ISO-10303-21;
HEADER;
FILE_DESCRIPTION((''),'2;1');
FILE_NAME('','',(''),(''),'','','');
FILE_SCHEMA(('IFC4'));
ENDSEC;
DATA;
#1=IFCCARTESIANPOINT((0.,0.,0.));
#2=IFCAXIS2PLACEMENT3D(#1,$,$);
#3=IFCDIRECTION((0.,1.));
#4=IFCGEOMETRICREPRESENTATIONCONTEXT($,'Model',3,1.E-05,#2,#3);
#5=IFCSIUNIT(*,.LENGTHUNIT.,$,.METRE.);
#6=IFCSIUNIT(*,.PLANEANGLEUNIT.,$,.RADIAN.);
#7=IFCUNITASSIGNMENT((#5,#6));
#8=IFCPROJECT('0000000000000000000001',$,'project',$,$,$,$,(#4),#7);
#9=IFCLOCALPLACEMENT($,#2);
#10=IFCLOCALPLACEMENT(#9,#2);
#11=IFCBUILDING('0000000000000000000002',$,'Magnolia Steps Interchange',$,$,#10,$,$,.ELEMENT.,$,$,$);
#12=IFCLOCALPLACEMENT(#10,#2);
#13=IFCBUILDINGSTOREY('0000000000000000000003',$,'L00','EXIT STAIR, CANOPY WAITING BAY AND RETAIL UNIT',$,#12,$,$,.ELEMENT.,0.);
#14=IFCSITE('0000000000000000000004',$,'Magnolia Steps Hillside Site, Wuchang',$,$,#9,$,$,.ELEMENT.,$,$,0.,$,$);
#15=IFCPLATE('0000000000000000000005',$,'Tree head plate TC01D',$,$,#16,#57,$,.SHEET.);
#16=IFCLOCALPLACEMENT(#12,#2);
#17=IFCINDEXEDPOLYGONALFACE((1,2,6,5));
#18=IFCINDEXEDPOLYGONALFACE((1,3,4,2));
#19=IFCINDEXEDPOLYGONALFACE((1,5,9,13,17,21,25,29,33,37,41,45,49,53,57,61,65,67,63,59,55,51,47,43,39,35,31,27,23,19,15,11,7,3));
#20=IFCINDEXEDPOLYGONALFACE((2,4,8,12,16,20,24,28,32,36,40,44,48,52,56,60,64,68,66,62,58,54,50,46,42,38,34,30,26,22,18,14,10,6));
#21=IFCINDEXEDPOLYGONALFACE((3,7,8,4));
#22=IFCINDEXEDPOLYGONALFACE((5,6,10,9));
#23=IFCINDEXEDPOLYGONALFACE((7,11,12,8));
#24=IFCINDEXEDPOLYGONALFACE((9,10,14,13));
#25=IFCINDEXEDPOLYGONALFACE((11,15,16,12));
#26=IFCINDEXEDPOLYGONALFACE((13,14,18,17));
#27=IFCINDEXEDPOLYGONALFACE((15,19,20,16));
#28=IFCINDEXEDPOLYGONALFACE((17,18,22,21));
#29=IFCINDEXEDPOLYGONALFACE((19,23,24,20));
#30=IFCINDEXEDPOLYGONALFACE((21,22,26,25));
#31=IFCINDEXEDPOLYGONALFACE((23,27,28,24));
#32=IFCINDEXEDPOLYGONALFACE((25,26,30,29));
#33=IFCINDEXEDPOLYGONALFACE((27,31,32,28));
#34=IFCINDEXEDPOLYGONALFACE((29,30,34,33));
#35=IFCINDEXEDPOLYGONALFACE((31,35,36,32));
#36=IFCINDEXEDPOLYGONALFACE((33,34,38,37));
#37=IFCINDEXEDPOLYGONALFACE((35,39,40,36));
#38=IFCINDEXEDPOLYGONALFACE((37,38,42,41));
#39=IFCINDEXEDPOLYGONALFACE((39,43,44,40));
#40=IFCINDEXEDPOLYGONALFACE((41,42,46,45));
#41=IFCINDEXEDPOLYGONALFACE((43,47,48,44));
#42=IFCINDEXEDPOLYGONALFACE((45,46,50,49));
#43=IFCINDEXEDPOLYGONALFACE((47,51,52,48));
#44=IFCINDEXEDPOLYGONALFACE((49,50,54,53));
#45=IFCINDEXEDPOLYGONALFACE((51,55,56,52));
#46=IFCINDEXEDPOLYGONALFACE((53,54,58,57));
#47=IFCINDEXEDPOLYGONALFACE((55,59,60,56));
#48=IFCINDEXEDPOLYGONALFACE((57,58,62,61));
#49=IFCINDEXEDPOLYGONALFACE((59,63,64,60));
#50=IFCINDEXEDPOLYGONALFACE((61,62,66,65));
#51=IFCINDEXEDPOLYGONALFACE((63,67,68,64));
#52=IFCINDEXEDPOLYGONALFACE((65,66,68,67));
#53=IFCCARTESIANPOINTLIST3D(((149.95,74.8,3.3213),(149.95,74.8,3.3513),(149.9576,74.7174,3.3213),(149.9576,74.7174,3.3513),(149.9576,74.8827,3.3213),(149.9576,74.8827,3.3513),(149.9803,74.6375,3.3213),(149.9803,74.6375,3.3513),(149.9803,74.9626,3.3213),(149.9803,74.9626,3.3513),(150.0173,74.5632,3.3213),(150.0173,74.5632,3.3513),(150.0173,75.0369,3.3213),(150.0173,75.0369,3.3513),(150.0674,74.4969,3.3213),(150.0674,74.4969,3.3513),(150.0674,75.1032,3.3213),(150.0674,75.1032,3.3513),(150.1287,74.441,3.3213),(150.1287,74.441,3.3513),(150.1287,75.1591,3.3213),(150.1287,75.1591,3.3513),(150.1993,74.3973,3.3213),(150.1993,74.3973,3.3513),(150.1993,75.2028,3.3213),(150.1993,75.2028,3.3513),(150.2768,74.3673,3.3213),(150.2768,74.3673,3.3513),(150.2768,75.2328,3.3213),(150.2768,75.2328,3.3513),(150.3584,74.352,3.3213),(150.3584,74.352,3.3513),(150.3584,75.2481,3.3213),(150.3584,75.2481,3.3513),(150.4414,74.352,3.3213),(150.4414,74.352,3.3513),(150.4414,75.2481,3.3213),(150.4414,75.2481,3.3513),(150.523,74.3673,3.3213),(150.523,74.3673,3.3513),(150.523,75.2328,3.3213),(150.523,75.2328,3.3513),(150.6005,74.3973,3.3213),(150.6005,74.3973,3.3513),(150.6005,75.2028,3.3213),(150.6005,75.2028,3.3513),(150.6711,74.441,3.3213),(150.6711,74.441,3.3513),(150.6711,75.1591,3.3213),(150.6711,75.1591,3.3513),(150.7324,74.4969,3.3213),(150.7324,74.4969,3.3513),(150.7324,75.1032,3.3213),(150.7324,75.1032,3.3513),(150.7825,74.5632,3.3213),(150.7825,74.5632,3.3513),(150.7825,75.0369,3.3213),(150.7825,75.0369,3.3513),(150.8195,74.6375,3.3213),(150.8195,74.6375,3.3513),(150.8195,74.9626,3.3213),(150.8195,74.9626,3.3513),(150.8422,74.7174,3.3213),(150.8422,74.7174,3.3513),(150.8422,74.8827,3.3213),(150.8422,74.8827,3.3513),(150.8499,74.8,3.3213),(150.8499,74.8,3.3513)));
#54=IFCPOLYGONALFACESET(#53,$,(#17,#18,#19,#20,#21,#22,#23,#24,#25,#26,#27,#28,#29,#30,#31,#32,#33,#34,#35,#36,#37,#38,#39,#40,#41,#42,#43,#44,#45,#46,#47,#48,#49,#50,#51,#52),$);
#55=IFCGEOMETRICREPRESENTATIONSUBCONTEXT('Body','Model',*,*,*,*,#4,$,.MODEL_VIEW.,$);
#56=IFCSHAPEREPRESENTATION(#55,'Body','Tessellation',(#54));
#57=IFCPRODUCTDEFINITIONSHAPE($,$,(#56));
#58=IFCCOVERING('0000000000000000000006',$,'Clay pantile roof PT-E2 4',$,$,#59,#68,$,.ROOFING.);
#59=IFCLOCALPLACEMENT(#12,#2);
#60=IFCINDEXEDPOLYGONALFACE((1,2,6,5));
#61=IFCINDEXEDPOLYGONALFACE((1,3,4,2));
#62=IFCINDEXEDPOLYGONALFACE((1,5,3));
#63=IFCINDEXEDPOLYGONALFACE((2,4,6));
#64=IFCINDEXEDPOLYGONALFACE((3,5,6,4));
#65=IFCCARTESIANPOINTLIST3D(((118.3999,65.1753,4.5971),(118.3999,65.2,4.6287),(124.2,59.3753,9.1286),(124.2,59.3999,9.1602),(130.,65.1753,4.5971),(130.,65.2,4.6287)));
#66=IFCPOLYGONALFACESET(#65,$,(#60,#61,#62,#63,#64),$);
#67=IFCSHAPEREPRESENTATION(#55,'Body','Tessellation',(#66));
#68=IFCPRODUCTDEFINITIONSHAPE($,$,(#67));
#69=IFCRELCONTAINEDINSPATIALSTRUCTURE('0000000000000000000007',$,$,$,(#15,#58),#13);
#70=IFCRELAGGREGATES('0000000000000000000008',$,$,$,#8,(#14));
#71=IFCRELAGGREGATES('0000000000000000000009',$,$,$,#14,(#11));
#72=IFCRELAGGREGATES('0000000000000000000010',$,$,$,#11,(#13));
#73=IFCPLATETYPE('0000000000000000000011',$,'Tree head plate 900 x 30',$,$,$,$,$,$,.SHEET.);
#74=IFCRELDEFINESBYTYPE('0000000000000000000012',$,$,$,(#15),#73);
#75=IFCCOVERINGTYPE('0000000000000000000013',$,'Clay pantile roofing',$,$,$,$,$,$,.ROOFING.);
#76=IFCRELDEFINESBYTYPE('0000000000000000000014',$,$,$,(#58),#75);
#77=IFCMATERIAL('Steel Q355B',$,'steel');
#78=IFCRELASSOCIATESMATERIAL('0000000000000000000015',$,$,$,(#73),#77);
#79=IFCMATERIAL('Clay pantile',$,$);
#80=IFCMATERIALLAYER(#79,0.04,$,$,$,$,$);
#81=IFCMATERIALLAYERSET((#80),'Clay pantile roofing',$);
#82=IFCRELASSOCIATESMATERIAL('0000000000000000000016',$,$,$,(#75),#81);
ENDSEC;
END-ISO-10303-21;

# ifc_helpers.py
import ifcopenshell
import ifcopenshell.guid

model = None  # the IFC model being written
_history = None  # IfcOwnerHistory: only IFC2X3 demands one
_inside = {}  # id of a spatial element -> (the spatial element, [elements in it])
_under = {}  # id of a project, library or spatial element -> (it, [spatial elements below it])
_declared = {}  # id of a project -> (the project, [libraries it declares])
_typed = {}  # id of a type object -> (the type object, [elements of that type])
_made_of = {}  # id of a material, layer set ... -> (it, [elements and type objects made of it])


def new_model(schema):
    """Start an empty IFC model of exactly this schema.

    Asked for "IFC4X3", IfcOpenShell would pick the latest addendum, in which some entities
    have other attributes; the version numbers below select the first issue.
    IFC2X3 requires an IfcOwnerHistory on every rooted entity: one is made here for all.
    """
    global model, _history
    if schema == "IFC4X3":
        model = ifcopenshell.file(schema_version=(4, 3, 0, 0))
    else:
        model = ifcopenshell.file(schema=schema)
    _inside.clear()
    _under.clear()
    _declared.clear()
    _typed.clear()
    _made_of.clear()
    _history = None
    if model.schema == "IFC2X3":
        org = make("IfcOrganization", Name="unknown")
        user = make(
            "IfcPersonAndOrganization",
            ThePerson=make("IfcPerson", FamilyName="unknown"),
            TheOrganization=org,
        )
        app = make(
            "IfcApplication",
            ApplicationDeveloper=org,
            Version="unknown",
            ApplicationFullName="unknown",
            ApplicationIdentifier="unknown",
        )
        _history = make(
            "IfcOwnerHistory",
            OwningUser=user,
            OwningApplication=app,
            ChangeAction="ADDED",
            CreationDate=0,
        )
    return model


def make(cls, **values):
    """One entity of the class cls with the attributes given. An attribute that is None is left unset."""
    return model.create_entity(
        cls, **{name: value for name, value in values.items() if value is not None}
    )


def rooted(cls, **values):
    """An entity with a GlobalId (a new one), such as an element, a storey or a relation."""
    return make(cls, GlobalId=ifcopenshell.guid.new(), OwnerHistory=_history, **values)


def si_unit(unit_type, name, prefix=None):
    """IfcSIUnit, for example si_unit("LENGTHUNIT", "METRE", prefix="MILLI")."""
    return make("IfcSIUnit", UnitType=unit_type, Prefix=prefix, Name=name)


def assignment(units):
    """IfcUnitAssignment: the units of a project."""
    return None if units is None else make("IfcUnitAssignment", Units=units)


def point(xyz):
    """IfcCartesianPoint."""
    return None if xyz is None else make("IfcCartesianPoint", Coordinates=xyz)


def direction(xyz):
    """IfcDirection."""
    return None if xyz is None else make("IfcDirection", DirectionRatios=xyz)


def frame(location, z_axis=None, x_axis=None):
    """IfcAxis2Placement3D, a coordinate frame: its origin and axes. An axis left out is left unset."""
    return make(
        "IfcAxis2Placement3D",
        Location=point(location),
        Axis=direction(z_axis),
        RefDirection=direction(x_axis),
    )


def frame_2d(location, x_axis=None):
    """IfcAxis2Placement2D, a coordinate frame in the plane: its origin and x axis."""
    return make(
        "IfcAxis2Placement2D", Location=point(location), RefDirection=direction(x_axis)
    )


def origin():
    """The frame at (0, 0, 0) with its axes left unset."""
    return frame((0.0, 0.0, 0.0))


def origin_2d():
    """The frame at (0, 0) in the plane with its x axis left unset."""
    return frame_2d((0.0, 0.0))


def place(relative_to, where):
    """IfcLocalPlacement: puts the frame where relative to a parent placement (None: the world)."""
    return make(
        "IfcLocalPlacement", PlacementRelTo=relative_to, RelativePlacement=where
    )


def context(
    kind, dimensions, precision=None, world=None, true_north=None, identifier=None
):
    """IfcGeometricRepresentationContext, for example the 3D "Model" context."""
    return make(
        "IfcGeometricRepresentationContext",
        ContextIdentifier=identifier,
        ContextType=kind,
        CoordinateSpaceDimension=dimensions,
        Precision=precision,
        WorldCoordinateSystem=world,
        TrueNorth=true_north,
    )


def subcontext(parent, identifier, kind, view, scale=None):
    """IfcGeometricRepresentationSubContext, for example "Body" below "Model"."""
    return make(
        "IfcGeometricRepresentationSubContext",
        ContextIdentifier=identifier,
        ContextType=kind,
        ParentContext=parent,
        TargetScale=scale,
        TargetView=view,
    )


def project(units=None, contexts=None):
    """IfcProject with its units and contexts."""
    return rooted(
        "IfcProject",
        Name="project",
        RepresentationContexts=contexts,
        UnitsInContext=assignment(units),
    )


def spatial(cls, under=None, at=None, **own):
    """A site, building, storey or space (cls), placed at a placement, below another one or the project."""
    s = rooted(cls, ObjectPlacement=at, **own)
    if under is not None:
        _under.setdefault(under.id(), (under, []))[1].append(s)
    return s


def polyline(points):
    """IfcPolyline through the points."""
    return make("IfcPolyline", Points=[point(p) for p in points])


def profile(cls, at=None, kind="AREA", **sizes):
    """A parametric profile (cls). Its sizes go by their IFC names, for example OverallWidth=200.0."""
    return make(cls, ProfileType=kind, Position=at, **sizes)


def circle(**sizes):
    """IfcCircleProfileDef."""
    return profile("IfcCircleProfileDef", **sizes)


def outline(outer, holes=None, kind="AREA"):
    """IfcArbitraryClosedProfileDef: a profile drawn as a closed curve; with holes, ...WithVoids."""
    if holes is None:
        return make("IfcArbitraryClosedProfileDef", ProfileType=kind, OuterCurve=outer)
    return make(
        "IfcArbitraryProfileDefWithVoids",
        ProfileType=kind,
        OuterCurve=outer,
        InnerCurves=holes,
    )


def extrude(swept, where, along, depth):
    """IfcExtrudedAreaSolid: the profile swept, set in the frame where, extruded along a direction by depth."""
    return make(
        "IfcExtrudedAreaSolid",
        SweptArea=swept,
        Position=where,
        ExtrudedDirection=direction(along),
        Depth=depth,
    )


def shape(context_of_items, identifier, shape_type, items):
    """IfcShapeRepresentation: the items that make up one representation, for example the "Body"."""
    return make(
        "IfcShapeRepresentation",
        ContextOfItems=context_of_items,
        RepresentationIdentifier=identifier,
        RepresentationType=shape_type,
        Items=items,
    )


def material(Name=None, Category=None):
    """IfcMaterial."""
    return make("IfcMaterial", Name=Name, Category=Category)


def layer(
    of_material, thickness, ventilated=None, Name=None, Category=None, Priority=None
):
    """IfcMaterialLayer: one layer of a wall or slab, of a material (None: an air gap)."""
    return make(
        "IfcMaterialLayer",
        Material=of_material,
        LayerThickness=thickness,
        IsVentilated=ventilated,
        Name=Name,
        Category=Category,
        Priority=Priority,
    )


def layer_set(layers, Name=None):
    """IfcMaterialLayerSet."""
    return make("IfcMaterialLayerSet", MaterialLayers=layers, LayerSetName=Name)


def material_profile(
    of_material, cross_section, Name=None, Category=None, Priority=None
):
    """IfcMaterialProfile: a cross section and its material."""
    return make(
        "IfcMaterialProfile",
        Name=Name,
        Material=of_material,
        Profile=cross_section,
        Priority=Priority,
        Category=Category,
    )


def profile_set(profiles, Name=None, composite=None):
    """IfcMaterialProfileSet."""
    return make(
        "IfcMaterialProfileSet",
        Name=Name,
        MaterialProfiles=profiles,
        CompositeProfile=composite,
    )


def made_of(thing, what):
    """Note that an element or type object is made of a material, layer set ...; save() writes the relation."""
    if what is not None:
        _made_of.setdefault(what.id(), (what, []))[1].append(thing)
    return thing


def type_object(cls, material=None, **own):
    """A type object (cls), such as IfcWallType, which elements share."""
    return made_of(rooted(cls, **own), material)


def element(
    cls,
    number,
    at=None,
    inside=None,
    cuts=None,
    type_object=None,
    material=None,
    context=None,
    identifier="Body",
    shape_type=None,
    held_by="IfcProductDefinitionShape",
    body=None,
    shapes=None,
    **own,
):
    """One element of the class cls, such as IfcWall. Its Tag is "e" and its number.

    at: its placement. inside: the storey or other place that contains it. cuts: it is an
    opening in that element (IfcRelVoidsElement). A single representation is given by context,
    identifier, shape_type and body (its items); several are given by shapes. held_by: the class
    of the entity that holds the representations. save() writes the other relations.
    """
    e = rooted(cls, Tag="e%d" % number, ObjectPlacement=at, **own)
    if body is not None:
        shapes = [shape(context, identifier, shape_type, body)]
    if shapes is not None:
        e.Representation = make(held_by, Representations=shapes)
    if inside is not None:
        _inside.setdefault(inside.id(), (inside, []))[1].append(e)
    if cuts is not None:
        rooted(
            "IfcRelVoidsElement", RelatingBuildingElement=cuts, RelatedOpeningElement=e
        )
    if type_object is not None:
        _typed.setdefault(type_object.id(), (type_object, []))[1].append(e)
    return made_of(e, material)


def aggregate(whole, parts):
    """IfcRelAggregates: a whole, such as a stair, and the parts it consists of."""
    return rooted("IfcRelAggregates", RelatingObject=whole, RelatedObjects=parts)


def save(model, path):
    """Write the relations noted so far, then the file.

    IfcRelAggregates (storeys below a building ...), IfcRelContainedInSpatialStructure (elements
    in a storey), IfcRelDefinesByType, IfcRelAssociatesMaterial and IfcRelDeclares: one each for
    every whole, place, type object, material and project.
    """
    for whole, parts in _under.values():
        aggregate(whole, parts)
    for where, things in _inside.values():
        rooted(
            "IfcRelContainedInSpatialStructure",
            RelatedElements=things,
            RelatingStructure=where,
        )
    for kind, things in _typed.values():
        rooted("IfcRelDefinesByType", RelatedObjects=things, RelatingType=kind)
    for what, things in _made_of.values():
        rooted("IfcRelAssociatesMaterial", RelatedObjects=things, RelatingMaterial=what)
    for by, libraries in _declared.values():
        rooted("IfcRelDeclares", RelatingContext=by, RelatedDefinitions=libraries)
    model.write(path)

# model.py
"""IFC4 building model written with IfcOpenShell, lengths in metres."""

from ifc_helpers import new_model, si_unit, direction, frame, origin, origin_2d, place, context, subcontext, project, spatial, polyline, circle, outline, extrude, material, layer, layer_set, material_profile, profile_set, type_object, element, save


model = new_model("IFC4")

# Units and contexts
model_context = context("Model", 3, precision=1e-05, world=origin(), true_north=direction((0.0, 1.0)))
body_context = subcontext(model_context, "Body", "Model", "MODEL_VIEW")
ifc_project = project(units=[si_unit("LENGTHUNIT", "METRE"), si_unit("PLANEANGLEUNIT", "RADIAN")], contexts=[model_context])

# Site, building, storey
site_placement = place(None, origin())
site = spatial("IfcSite", under=ifc_project, at=site_placement, Name="Magnolia Steps Hillside Site, Wuchang", CompositionType="ELEMENT", RefElevation=0.0)
building_placement = place(site_placement, origin())
building = spatial("IfcBuilding", under=site, at=building_placement, Name="Magnolia Steps Interchange", CompositionType="ELEMENT")
storey_placement = place(building_placement, origin())
storey = spatial("IfcBuildingStorey", under=building, at=storey_placement, Name="L00", Description="EXIT STAIR, CANOPY WAITING BAY AND RETAIL UNIT", CompositionType="ELEMENT", Elevation=0.0)

# Plate
ifc_material_1 = material(Name="Steel Q355B", Category="steel")
ifc_material_profile_1 = material_profile(ifc_material_1, circle(Radius=0.45, at=origin_2d()), Name="Tree head plate 900 x 30")
ifc_profile_set_1 = profile_set([ifc_material_profile_1], Name="Steel Q355B")
plate_type = type_object("IfcPlateType", Name="Tree head plate 900 x 30", PredefinedType="SHEET", material=ifc_profile_set_1)
for number, where, z_axis, x_axis, name in (
    (1, (150.3999, 74.8, 3.3213), (0.0, 0.0, 1.0), (1.0, 0.0, 0.0), "Tree head plate TC01D"),
):
    element("IfcPlate", number, at=place(storey_placement, frame(where, z_axis=z_axis, x_axis=x_axis)), inside=storey, type_object=plate_type, Name=name, PredefinedType="SHEET", context=body_context, shape_type="SweptSolid", body=[
        extrude(circle(Radius=0.45, at=origin_2d()), origin(), (0.0, 0.0, 1.0), 0.03),
    ])

# Covering
ifc_material_2 = material(Name="Clay pantile")
ifc_layer_1 = layer(ifc_material_2, 0.04)
ifc_layer_set_1 = layer_set([ifc_layer_1], Name="Clay pantile roofing")
covering_type = type_object("IfcCoveringType", Name="Clay pantile roofing", PredefinedType="ROOFING", material=ifc_layer_set_1)
covering_placement = place(storey_placement, frame((130.0, 65.2, 4.6287), z_axis=(0.0, 0.615661, 0.788011), x_axis=(-1.0, 0.0, 0.0)))
element("IfcCovering", 2, at=covering_placement, inside=storey, type_object=covering_type, Name="Clay pantile roof PT-E2 4", PredefinedType="ROOFING", context=body_context, shape_type="SweptSolid", body=[
    extrude(outline(polyline([(0.0, 0.0), (11.6001, 0.0), (5.8, 7.3604), (0.0, 0.0)])), origin(), (0.0, 0.0, -1.0), 0.04),
])

save(model, "model.ifc")
